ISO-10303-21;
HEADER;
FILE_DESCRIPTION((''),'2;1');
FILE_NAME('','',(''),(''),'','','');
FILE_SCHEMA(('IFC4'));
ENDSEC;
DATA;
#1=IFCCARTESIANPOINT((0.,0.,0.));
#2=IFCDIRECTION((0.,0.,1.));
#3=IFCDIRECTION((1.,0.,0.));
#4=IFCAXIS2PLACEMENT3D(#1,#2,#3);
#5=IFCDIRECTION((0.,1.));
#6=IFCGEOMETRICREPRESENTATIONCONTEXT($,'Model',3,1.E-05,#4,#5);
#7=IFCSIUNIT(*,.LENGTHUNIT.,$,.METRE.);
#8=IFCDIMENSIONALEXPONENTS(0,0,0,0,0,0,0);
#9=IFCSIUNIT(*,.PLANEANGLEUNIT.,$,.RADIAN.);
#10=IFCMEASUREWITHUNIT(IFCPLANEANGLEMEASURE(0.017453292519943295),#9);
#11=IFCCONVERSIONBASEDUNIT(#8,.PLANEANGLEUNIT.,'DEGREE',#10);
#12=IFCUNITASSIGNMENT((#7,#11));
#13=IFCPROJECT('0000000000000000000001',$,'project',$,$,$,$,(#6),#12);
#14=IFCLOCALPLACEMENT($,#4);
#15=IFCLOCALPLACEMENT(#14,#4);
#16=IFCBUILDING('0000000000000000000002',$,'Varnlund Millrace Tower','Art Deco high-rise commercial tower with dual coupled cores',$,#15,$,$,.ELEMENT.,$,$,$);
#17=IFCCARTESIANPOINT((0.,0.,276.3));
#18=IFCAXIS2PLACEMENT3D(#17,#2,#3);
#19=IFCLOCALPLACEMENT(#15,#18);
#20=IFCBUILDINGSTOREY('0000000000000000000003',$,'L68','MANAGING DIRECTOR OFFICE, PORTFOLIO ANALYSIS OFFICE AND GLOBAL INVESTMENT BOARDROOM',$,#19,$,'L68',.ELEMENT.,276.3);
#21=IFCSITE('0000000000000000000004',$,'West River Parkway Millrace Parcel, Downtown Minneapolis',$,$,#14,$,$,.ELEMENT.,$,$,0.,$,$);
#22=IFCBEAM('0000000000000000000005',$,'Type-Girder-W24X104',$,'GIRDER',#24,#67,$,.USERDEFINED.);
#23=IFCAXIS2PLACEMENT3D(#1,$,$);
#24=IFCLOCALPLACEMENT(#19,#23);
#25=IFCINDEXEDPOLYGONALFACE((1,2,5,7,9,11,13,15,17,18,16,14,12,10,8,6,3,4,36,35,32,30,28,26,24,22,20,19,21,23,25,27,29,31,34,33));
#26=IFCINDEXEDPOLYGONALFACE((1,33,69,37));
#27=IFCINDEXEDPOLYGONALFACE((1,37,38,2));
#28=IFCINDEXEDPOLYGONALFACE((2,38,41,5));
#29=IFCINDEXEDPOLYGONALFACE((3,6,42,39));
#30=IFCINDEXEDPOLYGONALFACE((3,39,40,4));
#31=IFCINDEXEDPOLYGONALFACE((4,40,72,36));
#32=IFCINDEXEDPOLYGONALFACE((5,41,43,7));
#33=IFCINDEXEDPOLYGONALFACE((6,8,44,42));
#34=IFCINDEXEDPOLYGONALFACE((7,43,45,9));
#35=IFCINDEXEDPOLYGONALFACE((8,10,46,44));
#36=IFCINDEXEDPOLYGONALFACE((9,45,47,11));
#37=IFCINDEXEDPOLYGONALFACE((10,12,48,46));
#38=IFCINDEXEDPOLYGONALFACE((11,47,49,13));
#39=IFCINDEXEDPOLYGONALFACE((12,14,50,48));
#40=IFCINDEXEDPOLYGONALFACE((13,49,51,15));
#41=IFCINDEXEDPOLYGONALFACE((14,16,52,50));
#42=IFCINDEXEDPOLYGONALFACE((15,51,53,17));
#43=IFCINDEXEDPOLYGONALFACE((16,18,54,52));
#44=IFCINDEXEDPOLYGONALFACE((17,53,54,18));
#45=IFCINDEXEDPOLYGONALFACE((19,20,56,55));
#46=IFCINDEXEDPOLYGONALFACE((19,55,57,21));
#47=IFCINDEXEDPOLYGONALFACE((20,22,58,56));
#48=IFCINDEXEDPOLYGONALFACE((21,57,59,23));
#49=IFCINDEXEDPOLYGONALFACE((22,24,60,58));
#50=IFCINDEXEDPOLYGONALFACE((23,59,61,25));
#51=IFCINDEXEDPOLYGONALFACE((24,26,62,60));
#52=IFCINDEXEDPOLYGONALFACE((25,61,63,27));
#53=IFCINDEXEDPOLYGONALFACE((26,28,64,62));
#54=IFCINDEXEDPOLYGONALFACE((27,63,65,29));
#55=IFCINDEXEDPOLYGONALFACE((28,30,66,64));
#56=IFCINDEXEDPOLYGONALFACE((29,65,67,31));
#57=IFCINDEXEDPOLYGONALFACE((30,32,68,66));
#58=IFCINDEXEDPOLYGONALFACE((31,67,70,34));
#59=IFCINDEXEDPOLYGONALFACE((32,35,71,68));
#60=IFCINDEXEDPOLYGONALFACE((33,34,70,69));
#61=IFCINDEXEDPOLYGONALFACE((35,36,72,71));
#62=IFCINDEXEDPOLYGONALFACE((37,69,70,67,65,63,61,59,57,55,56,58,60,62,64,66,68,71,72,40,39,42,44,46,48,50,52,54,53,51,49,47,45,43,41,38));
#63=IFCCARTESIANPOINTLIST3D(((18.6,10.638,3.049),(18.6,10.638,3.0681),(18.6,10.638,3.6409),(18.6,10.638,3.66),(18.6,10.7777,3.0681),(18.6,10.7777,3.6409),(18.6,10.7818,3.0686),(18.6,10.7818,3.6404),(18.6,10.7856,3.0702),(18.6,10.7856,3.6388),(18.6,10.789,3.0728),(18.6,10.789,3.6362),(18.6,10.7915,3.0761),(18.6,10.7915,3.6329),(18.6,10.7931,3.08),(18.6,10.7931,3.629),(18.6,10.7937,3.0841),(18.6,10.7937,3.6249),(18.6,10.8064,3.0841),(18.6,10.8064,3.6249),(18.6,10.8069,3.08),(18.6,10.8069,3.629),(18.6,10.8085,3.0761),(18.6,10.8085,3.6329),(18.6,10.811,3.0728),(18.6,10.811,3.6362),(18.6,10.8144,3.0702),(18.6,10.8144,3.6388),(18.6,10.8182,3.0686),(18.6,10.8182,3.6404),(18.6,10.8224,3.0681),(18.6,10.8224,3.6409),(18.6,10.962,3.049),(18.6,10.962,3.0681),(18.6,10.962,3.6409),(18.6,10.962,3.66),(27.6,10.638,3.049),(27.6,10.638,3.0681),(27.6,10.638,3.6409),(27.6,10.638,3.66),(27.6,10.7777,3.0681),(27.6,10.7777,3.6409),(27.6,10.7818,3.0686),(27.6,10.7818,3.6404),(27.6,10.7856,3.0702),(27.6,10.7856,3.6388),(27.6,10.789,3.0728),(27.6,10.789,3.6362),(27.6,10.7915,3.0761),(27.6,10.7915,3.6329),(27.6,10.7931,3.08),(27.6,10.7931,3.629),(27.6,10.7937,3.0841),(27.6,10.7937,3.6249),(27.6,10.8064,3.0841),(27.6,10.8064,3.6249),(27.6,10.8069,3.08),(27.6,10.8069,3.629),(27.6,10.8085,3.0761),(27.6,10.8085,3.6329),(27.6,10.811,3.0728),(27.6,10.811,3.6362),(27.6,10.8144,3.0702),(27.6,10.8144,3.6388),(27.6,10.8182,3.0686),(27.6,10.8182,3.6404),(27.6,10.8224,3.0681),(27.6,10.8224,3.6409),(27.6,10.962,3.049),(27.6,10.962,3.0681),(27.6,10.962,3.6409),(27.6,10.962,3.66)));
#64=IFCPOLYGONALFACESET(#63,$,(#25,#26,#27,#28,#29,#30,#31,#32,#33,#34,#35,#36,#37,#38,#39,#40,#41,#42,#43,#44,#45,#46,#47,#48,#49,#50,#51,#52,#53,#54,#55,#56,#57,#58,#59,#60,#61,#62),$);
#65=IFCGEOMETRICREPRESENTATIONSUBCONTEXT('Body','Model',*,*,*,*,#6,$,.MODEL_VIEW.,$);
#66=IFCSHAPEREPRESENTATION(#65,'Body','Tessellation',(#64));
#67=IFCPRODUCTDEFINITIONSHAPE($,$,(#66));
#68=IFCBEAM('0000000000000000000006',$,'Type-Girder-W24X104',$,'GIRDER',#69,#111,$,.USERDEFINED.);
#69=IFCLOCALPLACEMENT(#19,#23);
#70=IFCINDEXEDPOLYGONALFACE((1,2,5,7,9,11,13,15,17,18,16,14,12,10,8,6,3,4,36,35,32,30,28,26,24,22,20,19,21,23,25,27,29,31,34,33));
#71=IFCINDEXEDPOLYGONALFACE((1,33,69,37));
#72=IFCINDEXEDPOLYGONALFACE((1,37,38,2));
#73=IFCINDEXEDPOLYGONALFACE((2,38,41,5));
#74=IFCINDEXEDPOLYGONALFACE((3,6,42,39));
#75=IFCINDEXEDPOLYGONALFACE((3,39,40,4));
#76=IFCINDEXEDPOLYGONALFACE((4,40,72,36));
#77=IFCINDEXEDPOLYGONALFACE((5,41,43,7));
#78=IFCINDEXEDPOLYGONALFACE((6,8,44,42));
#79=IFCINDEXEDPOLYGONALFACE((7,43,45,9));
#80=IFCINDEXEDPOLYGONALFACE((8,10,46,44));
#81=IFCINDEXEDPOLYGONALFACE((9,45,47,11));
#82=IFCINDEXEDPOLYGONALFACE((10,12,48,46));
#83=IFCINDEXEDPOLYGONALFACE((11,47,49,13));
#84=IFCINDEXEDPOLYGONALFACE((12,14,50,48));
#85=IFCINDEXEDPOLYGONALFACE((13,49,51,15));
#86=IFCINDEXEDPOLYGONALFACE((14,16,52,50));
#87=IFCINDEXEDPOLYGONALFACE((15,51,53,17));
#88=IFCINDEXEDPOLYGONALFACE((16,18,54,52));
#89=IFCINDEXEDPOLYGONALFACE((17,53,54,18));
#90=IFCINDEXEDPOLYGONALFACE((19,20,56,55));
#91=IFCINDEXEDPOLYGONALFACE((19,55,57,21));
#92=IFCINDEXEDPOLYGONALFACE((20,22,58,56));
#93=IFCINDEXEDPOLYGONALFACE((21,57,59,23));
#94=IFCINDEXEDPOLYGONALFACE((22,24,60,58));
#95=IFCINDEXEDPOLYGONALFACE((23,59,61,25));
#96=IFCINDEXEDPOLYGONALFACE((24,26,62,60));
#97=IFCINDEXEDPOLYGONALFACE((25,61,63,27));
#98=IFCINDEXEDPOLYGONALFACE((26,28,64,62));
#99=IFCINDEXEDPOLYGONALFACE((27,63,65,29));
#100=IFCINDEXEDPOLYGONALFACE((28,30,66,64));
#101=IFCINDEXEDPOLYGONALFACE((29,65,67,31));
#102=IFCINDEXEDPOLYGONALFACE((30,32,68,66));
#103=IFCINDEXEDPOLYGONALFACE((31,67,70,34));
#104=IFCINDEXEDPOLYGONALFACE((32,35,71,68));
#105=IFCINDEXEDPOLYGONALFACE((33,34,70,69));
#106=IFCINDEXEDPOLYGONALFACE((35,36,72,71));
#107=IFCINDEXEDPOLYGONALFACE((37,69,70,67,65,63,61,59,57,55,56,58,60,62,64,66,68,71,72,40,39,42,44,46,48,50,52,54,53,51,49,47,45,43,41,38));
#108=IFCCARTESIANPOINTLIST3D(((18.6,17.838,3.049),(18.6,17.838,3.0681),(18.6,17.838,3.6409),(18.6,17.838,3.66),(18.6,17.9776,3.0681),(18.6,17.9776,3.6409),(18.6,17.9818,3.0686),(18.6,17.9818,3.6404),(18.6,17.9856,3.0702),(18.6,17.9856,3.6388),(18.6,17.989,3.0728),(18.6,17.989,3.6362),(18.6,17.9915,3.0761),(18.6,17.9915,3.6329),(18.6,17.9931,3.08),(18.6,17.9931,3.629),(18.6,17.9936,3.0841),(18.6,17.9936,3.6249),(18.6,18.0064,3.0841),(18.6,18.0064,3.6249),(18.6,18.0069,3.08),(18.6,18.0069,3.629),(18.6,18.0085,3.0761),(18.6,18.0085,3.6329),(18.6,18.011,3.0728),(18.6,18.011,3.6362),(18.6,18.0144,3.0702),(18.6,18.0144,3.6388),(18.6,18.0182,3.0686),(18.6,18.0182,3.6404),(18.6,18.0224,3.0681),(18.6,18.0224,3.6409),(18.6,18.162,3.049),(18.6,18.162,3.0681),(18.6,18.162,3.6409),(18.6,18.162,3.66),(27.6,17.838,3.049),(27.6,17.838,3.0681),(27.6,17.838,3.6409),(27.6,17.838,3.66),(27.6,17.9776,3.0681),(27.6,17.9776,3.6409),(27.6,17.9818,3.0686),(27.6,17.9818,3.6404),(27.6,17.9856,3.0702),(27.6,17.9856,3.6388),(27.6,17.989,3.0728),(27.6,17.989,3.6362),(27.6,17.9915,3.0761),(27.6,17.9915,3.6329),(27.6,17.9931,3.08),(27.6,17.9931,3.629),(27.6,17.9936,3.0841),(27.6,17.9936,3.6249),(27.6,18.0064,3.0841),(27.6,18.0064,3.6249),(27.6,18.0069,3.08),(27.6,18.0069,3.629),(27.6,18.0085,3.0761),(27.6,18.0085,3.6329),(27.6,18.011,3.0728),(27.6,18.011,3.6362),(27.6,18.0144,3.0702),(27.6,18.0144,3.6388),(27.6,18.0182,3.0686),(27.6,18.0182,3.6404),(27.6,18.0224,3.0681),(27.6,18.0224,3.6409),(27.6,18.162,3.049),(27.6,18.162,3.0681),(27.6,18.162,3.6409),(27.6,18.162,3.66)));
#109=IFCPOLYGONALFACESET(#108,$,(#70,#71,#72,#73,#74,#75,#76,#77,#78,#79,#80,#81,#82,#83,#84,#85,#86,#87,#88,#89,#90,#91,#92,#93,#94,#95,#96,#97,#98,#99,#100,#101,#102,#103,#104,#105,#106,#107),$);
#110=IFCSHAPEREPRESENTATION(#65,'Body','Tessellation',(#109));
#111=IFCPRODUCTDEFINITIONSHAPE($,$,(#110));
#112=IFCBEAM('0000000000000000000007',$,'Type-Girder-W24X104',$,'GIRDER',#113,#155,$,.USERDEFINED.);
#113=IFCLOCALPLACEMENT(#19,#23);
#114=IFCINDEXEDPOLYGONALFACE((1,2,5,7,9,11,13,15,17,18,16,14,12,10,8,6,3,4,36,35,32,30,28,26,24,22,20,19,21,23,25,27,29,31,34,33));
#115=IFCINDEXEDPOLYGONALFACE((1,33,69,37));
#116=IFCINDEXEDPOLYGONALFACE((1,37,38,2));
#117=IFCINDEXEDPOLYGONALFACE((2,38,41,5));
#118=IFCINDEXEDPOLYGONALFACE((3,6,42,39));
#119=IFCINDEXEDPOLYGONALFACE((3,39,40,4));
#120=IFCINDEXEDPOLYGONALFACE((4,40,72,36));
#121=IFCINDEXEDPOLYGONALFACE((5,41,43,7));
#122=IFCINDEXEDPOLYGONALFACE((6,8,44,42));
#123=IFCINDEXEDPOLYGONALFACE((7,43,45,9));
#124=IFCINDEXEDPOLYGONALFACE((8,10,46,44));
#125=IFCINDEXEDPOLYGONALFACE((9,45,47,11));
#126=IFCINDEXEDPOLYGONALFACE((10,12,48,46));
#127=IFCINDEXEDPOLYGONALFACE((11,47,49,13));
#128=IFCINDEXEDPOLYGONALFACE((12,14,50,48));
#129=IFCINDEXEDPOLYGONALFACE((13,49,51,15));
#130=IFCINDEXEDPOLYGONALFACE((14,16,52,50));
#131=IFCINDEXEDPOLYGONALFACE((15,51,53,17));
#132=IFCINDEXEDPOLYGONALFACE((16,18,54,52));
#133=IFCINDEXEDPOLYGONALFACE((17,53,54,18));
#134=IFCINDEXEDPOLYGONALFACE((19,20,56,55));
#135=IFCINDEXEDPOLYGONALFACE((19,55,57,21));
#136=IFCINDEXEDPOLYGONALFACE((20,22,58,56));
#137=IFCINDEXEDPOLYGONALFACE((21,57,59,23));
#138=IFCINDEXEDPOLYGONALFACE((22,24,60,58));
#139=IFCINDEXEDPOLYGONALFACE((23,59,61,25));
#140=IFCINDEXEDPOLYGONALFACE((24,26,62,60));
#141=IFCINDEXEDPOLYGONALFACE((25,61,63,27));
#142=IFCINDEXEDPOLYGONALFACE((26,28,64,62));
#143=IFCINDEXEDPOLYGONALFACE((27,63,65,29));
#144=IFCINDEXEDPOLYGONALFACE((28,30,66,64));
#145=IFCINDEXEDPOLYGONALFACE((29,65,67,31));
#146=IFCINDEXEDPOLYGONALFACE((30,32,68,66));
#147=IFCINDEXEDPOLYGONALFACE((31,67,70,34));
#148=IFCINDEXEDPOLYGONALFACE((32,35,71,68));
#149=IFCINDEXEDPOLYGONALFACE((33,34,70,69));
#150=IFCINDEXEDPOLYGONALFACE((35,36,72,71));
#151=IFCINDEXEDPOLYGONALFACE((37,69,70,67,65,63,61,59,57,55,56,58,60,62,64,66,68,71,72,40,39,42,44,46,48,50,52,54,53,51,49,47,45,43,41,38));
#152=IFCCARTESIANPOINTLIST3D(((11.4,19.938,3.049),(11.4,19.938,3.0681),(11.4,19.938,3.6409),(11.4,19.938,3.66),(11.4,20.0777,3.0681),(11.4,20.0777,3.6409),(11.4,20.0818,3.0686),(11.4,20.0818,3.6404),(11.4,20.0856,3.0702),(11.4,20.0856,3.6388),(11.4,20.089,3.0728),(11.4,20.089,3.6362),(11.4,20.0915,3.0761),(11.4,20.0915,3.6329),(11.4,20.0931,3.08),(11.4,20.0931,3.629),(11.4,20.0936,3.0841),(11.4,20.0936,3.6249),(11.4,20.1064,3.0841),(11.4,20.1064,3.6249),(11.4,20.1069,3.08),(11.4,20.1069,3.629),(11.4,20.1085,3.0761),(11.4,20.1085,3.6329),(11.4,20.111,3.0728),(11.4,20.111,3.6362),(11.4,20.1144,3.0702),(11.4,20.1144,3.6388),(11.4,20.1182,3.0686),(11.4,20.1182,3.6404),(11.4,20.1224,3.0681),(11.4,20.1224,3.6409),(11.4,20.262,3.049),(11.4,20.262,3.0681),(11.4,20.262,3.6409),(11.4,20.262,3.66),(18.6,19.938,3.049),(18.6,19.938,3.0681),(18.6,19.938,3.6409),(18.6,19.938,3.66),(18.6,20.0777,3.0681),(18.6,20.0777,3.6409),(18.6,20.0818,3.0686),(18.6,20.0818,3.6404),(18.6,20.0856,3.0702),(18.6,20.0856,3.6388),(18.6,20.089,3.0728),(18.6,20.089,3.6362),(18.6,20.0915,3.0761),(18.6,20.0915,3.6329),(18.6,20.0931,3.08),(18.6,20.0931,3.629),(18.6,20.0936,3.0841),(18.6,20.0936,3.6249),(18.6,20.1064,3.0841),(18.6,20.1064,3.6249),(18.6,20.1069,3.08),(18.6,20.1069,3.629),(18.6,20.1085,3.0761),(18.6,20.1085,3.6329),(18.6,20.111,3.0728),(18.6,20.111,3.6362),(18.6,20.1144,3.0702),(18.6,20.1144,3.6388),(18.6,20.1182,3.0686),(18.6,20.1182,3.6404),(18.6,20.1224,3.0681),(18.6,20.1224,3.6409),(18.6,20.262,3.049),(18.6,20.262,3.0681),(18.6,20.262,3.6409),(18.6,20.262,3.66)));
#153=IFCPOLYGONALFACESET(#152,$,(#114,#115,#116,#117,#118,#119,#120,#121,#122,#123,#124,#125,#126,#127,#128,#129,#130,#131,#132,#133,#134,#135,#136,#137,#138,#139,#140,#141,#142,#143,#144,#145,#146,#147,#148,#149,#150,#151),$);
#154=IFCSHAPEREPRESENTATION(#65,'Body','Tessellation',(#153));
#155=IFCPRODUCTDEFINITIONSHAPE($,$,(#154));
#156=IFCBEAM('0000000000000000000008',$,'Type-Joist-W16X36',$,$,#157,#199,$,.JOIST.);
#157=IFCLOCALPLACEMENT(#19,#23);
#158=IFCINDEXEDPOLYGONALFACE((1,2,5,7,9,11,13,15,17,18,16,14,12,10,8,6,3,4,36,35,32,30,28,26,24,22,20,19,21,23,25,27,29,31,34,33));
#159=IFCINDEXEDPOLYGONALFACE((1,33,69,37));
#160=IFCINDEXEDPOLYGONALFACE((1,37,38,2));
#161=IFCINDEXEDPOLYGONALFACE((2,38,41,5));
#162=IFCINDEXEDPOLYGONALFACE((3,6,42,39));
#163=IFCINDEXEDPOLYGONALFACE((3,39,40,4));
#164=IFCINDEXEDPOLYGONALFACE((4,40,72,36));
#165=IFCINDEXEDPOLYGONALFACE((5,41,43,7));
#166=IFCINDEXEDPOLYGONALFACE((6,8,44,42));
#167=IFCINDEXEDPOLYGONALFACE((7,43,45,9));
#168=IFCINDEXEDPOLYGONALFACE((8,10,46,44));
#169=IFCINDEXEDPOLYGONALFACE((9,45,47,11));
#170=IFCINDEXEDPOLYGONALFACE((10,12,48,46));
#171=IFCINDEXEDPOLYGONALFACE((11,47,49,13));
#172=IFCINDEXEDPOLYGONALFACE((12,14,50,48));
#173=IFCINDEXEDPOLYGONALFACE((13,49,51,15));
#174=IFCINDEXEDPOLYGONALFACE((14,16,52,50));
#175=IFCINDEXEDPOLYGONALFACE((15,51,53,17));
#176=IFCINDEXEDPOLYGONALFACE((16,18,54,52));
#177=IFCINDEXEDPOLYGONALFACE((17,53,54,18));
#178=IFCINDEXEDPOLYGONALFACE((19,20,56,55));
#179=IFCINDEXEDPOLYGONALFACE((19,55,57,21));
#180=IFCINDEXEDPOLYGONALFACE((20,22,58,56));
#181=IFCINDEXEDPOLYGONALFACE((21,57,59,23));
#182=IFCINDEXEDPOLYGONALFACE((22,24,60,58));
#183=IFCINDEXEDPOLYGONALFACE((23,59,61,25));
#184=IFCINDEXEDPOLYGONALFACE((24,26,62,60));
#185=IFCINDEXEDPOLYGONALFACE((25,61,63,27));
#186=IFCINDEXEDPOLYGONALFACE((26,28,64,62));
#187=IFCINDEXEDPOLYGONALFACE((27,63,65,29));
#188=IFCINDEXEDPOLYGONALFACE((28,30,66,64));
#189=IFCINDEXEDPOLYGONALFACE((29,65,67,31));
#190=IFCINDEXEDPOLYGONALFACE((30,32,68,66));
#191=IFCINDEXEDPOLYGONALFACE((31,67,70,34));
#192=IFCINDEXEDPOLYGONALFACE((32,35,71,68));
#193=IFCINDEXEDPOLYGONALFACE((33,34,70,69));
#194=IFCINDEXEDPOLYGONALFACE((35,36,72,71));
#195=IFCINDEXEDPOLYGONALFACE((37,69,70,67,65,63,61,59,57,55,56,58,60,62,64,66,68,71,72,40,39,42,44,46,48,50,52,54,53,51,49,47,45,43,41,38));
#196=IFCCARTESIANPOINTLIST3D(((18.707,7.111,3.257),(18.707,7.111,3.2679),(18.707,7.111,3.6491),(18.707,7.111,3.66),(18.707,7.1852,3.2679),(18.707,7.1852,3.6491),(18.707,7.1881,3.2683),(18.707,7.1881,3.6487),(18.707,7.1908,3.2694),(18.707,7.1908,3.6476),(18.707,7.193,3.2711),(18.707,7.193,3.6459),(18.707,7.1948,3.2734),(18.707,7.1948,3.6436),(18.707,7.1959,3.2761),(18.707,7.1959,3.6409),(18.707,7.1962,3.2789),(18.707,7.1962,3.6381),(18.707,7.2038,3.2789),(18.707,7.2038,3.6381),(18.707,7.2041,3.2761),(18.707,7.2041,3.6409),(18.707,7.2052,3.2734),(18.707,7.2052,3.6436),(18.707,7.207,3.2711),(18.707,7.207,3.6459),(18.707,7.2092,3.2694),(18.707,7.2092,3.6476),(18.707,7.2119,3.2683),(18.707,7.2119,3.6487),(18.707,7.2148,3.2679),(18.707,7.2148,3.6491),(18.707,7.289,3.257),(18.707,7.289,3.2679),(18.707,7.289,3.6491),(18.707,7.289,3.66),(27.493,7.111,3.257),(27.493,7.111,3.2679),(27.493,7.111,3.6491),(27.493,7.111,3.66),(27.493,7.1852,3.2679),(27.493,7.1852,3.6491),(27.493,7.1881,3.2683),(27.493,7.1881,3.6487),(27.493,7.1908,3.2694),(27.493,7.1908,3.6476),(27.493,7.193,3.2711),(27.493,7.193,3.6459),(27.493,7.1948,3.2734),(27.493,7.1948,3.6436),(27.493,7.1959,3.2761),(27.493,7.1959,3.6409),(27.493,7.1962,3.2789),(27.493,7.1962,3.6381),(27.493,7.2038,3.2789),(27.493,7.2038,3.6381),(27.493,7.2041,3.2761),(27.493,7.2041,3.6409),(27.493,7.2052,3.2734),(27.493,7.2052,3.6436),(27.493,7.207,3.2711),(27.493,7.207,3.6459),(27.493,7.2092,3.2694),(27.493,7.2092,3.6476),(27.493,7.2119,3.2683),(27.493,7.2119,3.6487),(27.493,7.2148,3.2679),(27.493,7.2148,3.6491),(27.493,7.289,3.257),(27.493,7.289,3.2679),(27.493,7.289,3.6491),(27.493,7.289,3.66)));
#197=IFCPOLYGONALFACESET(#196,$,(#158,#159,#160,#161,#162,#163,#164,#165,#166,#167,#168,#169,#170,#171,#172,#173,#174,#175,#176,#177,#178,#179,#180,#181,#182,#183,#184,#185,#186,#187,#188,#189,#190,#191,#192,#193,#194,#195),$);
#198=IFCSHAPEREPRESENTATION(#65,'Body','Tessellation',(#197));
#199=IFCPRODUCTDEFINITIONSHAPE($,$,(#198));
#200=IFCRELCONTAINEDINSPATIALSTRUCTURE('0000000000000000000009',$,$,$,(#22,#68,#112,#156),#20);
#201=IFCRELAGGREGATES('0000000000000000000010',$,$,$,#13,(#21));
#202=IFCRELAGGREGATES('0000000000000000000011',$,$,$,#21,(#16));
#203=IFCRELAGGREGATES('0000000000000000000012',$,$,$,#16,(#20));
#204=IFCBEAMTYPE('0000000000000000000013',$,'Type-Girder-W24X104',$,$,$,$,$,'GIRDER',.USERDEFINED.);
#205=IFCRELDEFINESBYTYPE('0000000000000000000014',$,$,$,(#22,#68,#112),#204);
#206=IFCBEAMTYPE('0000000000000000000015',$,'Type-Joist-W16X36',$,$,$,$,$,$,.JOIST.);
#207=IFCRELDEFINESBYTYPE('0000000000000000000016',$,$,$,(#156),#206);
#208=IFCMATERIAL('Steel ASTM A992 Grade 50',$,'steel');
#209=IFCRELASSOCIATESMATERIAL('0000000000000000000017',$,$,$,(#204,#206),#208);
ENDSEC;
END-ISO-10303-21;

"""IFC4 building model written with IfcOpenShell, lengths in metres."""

from ifc_helpers import new_model, entity, si_unit, converted_unit, direction, frame, origin_with_axes, origin_2d_with_axis, place, context, subcontext, project, spatial, i_section, extrude, material, material_profile, profile_set, type_object, element, save


model = new_model("IFC4")

# Units and contexts
model_context = context("Model", 3, precision=1e-05, world=origin_with_axes(), true_north=direction((0.0, 1.0)))
body_context = subcontext(model_context, "Body", "Model", "MODEL_VIEW")
ifc_project = project(units=[si_unit("LENGTHUNIT", "METRE"), converted_unit("PLANEANGLEUNIT", "DEGREE", entity("IfcPlaneAngleMeasure", 0.017453292519943295), si_unit("PLANEANGLEUNIT", "RADIAN"), dimensions=[0, 0, 0, 0, 0, 0, 0])], contexts=[model_context])

# Site, building, storey
site_placement = place(None, origin_with_axes())
site = spatial("IfcSite", under=ifc_project, at=site_placement, Name="West River Parkway Millrace Parcel, Downtown Minneapolis", CompositionType="ELEMENT", RefElevation=0.0)
building_placement = place(site_placement, origin_with_axes())
building = spatial("IfcBuilding", under=site, at=building_placement, Name="Varnlund Millrace Tower", Description="Art Deco high-rise commercial tower with dual coupled cores", CompositionType="ELEMENT")
storey_placement = place(building_placement, frame((0.0, 0.0, 276.3), z_axis=(0.0, 0.0, 1.0), x_axis=(1.0, 0.0, 0.0)))
storey = spatial("IfcBuildingStorey", under=building, at=storey_placement, Name="L68", Description="MANAGING DIRECTOR OFFICE, PORTFOLIO ANALYSIS OFFICE AND GLOBAL INVESTMENT BOARDROOM", LongName="L68", CompositionType="ELEMENT", Elevation=276.3)

# Beams
ifc_material_1 = material(Name="Steel ASTM A992 Grade 50", Category="steel")
ifc_material_profile_1 = material_profile(ifc_material_1, i_section(OverallWidth=0.324, OverallDepth=0.611, WebThickness=0.0127, FlangeThickness=0.0191, FilletRadius=0.016, at=origin_2d_with_axis()), Name="Steel ASTM A992 Grade 50")
ifc_profile_set_1 = profile_set([ifc_material_profile_1], Name="Steel ASTM A992 Grade 50")
beam_type_1 = type_object("IfcBeamType", Name="Type-Girder-W24X104", ElementType="GIRDER", PredefinedType="USERDEFINED", material=ifc_profile_set_1)
for number, where, z_axis, x_axis, name in (
    (1, (18.6, 10.8, 3.3545), (1.0, 0.0, 0.0), (0.0, 1.0, 0.0), "Type-Girder-W24X104"),
    (2, (18.6, 18.0, 3.3545), (1.0, 0.0, 0.0), (0.0, 1.0, 0.0), "Type-Girder-W24X104"),
):
    element("IfcBeam", number, at=place(storey_placement, frame(where, z_axis=z_axis, x_axis=x_axis)), inside=storey, type_object=beam_type_1, Name=name, ObjectType="GIRDER", PredefinedType="USERDEFINED", context=body_context, shape_type="SweptSolid", body=[
        extrude(i_section(OverallWidth=0.324, OverallDepth=0.611, WebThickness=0.0127, FlangeThickness=0.0191, FilletRadius=0.016, at=origin_2d_with_axis()), origin_with_axes(), (0.0, 0.0, 1.0), 9.0),
    ])
beam_1_placement = place(storey_placement, frame((11.4, 20.1, 3.3545), z_axis=(1.0, 0.0, 0.0), x_axis=(0.0, 1.0, 0.0)))
element("IfcBeam", 3, at=beam_1_placement, inside=storey, type_object=beam_type_1, Name="Type-Girder-W24X104", ObjectType="GIRDER", PredefinedType="USERDEFINED", context=body_context, shape_type="SweptSolid", body=[
    extrude(i_section(OverallWidth=0.324, OverallDepth=0.611, WebThickness=0.0127, FlangeThickness=0.0191, FilletRadius=0.016, at=origin_2d_with_axis()), origin_with_axes(), (0.0, 0.0, 1.0), 7.2),
])
ifc_material_profile_2 = material_profile(ifc_material_1, i_section(OverallWidth=0.178, OverallDepth=0.403, WebThickness=0.0075, FlangeThickness=0.0109, FilletRadius=0.011, at=origin_2d_with_axis()), Name="Steel ASTM A992 Grade 50")
ifc_profile_set_2 = profile_set([ifc_material_profile_2], Name="Steel ASTM A992 Grade 50")
beam_type_2 = type_object("IfcBeamType", Name="Type-Joist-W16X36", PredefinedType="JOIST", material=ifc_profile_set_2)
for number, where, z_axis, x_axis, name in (
    (4, (18.707, 7.2, 3.4585), (1.0, 0.0, 0.0), (0.0, 1.0, 0.0), "Type-Joist-W16X36"),
):
    element("IfcBeam", number, at=place(storey_placement, frame(where, z_axis=z_axis, x_axis=x_axis)), inside=storey, type_object=beam_type_2, Name=name, PredefinedType="JOIST", context=body_context, shape_type="SweptSolid", body=[
        extrude(i_section(OverallWidth=0.178, OverallDepth=0.403, WebThickness=0.0075, FlangeThickness=0.0109, FilletRadius=0.011, at=origin_2d_with_axis()), origin_with_axes(), (0.0, 0.0, 1.0), 8.786),
    ])

save(model, "model.ifc")
